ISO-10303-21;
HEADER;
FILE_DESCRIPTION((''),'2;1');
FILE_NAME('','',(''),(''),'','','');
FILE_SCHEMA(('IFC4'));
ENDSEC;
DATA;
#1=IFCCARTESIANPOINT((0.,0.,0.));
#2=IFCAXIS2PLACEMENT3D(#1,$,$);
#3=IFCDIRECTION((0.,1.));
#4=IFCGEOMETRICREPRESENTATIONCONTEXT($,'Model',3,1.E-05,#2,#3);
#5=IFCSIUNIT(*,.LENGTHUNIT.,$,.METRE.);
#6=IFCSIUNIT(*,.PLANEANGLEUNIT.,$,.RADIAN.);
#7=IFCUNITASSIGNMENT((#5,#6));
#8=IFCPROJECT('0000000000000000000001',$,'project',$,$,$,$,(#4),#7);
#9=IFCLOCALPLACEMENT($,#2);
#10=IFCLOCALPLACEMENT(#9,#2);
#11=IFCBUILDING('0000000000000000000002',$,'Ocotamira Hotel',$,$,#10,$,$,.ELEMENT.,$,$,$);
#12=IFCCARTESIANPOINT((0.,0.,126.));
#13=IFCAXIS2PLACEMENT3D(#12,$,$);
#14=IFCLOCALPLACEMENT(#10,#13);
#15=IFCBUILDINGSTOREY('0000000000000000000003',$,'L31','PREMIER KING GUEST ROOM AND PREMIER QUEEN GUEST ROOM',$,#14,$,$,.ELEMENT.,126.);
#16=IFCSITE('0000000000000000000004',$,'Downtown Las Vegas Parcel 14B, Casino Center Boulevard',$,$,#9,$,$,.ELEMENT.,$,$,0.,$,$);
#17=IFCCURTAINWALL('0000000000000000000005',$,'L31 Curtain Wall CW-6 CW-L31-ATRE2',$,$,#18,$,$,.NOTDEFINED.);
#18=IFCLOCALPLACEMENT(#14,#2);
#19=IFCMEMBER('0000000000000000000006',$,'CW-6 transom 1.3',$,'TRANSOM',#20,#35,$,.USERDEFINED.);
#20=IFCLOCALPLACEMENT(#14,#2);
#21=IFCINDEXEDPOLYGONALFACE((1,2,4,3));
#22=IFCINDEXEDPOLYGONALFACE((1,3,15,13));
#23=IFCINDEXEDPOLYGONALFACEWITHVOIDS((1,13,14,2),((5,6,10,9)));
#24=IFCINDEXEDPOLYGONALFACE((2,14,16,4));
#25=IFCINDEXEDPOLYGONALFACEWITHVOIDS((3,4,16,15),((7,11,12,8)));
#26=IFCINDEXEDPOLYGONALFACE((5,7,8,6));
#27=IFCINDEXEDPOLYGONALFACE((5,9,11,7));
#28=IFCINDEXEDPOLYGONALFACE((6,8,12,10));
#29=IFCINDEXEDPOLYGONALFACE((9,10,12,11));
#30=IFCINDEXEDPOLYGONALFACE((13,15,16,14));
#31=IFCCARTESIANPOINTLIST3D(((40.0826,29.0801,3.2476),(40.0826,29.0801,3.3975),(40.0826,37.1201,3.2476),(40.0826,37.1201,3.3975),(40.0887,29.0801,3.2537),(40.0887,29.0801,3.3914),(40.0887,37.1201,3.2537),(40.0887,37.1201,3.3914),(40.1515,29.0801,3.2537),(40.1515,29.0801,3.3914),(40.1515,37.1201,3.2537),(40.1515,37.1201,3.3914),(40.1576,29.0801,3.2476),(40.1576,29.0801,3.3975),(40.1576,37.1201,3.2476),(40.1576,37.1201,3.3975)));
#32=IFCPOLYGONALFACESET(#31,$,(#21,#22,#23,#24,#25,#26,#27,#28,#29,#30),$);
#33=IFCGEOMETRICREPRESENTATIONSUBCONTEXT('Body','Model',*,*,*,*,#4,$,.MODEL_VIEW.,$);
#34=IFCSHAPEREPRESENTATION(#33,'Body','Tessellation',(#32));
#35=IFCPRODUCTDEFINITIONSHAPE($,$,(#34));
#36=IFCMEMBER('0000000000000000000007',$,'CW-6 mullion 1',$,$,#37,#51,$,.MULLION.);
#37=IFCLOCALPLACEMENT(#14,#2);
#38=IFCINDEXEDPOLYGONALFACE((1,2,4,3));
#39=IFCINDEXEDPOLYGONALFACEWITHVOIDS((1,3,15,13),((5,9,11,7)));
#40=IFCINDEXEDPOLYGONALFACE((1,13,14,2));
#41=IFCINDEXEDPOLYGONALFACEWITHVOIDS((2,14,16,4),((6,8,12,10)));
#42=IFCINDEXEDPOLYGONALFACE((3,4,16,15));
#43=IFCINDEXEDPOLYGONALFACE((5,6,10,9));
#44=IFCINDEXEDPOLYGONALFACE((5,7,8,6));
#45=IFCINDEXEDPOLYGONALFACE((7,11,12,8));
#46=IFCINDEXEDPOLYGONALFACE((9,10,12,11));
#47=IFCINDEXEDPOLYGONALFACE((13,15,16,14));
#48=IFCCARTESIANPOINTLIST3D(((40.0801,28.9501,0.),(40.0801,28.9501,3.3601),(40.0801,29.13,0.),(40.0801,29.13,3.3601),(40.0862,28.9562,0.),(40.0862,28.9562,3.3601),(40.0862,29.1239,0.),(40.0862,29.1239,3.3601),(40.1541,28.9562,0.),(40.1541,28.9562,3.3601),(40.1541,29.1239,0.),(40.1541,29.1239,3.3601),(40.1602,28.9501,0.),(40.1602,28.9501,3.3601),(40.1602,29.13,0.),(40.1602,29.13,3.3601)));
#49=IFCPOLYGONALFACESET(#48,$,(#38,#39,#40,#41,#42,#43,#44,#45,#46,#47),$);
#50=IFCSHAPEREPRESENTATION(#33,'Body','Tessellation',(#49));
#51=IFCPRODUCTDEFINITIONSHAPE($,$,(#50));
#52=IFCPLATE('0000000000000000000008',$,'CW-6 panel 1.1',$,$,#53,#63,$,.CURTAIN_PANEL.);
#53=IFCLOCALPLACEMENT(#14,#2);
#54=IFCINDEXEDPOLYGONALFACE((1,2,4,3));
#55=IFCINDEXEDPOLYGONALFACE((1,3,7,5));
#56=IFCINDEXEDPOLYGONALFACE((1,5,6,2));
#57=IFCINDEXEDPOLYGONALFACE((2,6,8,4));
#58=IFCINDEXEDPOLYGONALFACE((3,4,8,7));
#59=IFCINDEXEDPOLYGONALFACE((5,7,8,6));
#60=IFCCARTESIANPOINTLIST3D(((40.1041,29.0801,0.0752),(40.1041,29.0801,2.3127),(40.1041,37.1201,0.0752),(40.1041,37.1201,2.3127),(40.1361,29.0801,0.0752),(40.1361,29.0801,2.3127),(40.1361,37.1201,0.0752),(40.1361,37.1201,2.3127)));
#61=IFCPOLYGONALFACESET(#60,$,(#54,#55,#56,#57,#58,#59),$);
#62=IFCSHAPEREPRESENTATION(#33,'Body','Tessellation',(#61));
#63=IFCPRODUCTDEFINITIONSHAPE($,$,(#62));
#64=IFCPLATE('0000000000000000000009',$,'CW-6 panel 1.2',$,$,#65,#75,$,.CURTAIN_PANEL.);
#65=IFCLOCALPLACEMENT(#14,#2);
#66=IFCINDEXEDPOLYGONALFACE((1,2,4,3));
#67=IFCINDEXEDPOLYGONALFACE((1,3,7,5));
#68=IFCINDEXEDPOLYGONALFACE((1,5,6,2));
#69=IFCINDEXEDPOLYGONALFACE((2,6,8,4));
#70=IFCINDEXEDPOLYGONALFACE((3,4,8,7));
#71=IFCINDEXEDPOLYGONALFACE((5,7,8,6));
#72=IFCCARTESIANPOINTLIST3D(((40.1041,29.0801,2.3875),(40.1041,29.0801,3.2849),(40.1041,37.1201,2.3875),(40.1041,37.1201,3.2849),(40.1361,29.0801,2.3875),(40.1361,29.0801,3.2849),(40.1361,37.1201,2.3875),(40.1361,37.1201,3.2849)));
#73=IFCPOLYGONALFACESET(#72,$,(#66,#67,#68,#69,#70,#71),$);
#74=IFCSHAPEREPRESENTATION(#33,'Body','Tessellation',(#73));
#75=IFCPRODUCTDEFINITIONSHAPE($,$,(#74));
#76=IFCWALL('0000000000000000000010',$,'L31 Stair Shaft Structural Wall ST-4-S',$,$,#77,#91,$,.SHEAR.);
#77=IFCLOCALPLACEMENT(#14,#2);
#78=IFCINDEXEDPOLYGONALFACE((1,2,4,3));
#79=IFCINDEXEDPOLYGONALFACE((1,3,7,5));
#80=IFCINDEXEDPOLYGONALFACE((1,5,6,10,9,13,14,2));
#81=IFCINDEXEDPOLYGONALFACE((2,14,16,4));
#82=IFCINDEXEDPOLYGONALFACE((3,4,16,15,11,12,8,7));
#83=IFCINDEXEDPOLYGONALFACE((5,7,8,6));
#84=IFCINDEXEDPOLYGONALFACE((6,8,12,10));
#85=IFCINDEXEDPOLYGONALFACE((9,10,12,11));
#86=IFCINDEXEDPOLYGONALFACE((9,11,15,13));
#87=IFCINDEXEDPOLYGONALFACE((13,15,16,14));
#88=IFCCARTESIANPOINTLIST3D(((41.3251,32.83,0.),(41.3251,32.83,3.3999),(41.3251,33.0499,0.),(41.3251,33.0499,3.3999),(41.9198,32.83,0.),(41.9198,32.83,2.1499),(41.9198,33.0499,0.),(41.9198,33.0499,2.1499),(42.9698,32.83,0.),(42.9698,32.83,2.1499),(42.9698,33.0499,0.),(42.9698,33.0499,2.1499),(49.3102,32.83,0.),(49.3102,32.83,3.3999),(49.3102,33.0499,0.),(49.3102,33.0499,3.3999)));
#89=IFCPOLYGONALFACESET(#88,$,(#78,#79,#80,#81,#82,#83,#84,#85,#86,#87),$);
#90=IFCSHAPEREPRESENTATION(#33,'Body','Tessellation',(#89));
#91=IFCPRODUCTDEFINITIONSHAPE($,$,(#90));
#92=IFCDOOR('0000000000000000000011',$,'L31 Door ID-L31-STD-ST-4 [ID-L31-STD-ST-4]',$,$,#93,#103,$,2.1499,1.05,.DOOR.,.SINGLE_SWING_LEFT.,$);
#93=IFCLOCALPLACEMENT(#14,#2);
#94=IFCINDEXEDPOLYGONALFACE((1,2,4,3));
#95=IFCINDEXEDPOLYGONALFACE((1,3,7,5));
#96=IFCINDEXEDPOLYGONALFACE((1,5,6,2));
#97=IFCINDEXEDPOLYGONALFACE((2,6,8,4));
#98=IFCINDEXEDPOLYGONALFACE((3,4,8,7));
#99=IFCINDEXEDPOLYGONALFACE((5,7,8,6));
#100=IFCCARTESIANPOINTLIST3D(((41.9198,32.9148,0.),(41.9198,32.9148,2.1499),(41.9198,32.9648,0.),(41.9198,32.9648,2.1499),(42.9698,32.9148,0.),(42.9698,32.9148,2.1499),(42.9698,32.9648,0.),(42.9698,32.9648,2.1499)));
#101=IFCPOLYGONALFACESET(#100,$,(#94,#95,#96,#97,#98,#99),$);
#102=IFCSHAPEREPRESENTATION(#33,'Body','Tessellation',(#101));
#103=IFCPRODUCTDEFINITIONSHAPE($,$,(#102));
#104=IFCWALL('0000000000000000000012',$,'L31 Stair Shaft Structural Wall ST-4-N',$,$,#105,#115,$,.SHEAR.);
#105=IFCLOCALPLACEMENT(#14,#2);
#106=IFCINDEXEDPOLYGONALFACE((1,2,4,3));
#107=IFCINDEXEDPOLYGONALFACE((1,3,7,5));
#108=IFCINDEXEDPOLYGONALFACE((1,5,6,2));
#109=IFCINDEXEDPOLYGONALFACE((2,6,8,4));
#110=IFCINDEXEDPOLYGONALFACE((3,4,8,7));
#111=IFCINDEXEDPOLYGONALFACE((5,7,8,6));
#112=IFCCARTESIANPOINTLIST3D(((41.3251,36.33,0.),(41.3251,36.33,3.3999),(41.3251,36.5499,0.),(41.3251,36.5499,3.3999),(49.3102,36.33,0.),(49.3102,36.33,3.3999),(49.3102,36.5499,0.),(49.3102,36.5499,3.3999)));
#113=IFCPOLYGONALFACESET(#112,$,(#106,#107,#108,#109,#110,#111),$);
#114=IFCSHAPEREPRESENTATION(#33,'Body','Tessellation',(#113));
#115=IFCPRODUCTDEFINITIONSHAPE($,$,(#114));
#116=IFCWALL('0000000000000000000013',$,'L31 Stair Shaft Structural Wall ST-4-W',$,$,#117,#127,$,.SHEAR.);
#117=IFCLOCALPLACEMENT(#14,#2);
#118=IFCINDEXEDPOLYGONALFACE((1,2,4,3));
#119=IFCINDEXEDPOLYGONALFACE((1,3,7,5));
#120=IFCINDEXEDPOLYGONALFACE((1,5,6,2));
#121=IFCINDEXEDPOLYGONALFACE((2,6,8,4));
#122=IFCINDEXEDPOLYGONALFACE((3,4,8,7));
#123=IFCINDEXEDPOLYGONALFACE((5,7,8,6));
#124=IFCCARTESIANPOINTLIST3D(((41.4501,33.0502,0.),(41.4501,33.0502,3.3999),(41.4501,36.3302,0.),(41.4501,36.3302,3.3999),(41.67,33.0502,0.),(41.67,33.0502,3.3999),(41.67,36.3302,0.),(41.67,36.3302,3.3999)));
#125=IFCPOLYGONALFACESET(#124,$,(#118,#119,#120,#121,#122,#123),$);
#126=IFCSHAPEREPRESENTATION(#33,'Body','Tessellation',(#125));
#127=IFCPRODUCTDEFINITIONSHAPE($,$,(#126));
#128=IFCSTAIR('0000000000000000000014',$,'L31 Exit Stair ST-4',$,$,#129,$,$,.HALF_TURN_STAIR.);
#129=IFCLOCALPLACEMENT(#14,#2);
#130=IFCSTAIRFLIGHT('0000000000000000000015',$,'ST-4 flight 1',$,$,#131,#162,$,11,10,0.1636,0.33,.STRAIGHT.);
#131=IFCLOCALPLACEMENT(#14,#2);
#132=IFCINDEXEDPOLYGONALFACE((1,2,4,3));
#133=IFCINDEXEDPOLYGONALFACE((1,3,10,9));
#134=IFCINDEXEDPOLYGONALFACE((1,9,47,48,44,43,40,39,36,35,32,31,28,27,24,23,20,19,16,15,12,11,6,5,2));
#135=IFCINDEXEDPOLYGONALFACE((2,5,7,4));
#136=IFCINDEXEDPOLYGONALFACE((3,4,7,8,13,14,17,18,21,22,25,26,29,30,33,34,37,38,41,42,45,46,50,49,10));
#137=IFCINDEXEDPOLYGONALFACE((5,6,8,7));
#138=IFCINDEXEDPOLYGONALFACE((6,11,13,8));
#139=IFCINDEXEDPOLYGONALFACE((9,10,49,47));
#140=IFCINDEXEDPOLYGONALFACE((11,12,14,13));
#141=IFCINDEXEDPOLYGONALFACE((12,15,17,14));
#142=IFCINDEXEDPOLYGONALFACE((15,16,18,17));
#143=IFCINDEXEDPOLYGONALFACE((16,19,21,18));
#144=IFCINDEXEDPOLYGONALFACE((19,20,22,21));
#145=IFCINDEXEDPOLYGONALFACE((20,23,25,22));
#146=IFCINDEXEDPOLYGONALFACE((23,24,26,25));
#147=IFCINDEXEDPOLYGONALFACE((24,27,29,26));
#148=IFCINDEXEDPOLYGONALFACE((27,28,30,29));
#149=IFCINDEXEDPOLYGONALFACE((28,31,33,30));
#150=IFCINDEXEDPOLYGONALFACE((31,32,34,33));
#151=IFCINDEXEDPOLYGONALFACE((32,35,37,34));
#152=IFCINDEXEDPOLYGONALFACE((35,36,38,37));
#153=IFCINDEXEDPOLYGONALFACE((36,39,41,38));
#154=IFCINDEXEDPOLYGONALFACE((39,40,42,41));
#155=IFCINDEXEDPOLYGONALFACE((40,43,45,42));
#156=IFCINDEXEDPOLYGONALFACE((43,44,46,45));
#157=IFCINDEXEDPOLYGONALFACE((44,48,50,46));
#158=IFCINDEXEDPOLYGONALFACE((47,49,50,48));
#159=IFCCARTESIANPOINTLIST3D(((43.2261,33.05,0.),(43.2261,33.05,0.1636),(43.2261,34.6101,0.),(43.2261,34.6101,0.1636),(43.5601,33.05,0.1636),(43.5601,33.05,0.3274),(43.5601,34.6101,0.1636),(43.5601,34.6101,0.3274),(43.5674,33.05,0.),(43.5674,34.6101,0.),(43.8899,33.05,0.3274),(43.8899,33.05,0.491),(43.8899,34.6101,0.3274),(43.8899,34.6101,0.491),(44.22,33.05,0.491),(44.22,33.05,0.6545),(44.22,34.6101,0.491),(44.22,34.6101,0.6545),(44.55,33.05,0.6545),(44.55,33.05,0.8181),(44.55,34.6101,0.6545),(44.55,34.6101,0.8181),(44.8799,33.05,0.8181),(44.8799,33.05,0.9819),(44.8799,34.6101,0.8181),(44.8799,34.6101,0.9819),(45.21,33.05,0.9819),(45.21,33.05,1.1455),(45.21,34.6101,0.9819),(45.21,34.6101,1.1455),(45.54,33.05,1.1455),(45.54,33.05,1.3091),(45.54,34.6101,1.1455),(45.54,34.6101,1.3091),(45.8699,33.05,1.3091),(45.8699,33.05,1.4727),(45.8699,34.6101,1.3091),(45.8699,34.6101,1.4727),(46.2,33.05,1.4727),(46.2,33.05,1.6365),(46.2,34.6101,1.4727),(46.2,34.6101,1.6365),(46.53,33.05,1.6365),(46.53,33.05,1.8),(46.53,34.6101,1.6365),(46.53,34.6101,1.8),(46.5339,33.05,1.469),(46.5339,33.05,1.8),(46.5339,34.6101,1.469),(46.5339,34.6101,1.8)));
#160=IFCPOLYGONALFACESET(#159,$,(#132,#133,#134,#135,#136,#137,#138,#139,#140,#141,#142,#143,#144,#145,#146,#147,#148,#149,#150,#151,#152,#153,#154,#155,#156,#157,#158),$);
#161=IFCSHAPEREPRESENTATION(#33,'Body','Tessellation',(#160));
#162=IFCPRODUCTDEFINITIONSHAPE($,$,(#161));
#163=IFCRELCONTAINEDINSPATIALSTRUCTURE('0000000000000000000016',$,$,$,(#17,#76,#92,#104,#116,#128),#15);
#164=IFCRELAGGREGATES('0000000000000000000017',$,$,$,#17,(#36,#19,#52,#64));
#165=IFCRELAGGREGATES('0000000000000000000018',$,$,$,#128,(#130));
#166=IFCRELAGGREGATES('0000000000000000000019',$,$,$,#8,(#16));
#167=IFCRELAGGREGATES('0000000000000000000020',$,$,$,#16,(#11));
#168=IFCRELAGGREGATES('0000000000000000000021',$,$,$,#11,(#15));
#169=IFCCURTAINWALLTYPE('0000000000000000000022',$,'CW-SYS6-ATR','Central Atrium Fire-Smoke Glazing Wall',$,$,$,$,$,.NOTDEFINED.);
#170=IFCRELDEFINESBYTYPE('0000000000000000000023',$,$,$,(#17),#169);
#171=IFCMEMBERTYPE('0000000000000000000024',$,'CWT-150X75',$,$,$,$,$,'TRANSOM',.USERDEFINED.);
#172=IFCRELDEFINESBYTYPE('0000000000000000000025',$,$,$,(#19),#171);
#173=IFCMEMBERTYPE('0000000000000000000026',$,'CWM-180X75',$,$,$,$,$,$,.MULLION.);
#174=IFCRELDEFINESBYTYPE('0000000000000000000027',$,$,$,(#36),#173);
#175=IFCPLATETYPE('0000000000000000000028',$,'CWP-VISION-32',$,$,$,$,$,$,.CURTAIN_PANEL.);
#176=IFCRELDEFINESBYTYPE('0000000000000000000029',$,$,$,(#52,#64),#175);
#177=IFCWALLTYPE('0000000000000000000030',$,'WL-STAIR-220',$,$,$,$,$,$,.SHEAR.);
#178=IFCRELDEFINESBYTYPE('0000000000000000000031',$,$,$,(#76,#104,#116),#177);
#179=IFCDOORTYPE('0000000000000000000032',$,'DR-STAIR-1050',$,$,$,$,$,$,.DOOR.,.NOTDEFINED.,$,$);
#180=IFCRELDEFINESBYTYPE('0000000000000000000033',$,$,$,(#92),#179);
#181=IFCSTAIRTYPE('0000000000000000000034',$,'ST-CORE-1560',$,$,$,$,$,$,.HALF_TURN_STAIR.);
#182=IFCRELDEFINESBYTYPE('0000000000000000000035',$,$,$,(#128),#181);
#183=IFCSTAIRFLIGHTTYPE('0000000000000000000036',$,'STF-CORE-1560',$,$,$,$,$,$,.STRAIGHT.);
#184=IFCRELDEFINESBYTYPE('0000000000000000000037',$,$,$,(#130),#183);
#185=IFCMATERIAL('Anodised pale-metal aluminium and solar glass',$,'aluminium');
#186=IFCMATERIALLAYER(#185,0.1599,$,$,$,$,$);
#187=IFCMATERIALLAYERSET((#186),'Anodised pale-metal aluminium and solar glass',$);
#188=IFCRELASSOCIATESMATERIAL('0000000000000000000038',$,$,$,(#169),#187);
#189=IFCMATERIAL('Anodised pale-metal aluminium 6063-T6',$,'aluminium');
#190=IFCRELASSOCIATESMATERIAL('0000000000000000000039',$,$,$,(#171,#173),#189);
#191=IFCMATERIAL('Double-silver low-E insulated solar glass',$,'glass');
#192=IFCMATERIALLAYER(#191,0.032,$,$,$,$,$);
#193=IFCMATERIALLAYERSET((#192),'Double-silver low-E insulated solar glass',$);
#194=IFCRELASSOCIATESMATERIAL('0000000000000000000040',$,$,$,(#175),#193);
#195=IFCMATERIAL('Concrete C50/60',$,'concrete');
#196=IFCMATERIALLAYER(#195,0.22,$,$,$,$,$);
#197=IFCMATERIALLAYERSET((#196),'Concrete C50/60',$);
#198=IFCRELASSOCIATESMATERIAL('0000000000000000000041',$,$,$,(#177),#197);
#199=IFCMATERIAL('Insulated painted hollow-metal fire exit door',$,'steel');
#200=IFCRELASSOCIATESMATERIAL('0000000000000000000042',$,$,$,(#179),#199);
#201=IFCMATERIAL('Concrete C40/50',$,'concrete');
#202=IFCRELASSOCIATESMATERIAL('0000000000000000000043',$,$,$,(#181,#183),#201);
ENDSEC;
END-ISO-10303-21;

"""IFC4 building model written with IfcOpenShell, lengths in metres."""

from ifc_helpers import new_model, si_unit, direction, frame, frame_2d, origin, origin_2d, place, context, subcontext, project, spatial, polyline, rectangle, hollow_rectangle, outline, extrude, source, transform, mapped, material, layer, layer_set, material_profile, profile_set, type_object, element, fill, aggregate, save


model = new_model("IFC4")

# Units and contexts
model_context = context("Model", 3, precision=1e-05, world=origin(), true_north=direction((0.0, 1.0)))
body_context = subcontext(model_context, "Body", "Model", "MODEL_VIEW")
ifc_project = project(units=[si_unit("LENGTHUNIT", "METRE"), si_unit("PLANEANGLEUNIT", "RADIAN")], contexts=[model_context])

# Site, building, storey
site_placement = place(None, origin())
site = spatial("IfcSite", under=ifc_project, at=site_placement, Name="Downtown Las Vegas Parcel 14B, Casino Center Boulevard", CompositionType="ELEMENT", RefElevation=0.0)
building_placement = place(site_placement, origin())
building = spatial("IfcBuilding", under=site, at=building_placement, Name="Ocotamira Hotel", CompositionType="ELEMENT")
storey_placement = place(building_placement, frame((0.0, 0.0, 126.0)))
storey = spatial("IfcBuildingStorey", under=building, at=storey_placement, Name="L31", Description="PREMIER KING GUEST ROOM AND PREMIER QUEEN GUEST ROOM", CompositionType="ELEMENT", Elevation=126.0)

# Curtain wall, members, plates
ifc_material_1 = material(Name="Anodised pale-metal aluminium and solar glass", Category="aluminium")
ifc_layer_1 = layer(ifc_material_1, 0.1599)
ifc_layer_set_1 = layer_set([ifc_layer_1], Name="Anodised pale-metal aluminium and solar glass")
curtain_wall_type = type_object("IfcCurtainWallType", Name="CW-SYS6-ATR", Description="Central Atrium Fire-Smoke Glazing Wall", PredefinedType="NOTDEFINED", material=ifc_layer_set_1)
curtain_wall_placement = place(storey_placement, origin())
curtain_wall = element("IfcCurtainWall", 1, at=curtain_wall_placement, inside=storey, type_object=curtain_wall_type, Name="L31 Curtain Wall CW-6 CW-L31-ATRE2", PredefinedType="NOTDEFINED")
ifc_material_2 = material(Name="Anodised pale-metal aluminium 6063-T6", Category="aluminium")
ifc_material_profile_1 = material_profile(ifc_material_2, hollow_rectangle(XDim=0.075, YDim=0.1499, WallThickness=0.0061, at=origin_2d()), Name="HSS150X75X6")
ifc_profile_set_1 = profile_set([ifc_material_profile_1], Name="Anodised pale-metal aluminium 6063-T6")
member_type_1 = type_object("IfcMemberType", Name="CWT-150X75", ElementType="TRANSOM", PredefinedType="USERDEFINED", material=ifc_profile_set_1)
shared_shape_1 = source(origin(), body_context, "Body", "SweptSolid", [
    extrude(hollow_rectangle(XDim=0.075, YDim=0.1499, WallThickness=0.0061, at=origin_2d()), origin(), (0.0, 0.0, 1.0), 8.04),
])
member_1_placement = place(storey_placement, frame((40.1201, 29.0801, 3.3225), z_axis=(0.0, 1.0, 0.0), x_axis=(-1.0, 0.0, 0.0)))
member_1 = element("IfcMember", 2, at=member_1_placement, type_object=member_type_1, Name="CW-6 transom 1.3", ObjectType="TRANSOM", PredefinedType="USERDEFINED", context=body_context, shape_type="MappedRepresentation", body=[
    mapped(shared_shape_1, transform((0.0, 0.0, 0.0), scale=1.0)),
])
ifc_material_profile_2 = material_profile(ifc_material_2, hollow_rectangle(XDim=0.0801, YDim=0.1799, WallThickness=0.0061, at=origin_2d()), Name="HSS180X80X6")
ifc_profile_set_2 = profile_set([ifc_material_profile_2], Name="Anodised pale-metal aluminium 6063-T6")
member_type_2 = type_object("IfcMemberType", Name="CWM-180X75", PredefinedType="MULLION", material=ifc_profile_set_2)
shared_shape_2 = source(origin(), body_context, "Body", "SweptSolid", [
    extrude(hollow_rectangle(XDim=0.0801, YDim=0.1799, WallThickness=0.0061, at=origin_2d()), origin(), (0.0, 0.0, 1.0), 3.3601),
])
member_2_placement = place(storey_placement, frame((40.1201, 29.04, 0.0), z_axis=(0.0, 0.0, 1.0), x_axis=(-1.0, 0.0, 0.0)))
member_2 = element("IfcMember", 3, at=member_2_placement, type_object=member_type_2, Name="CW-6 mullion 1", PredefinedType="MULLION", context=body_context, shape_type="MappedRepresentation", body=[
    mapped(shared_shape_2, transform((0.0, 0.0, 0.0), scale=1.0)),
])
ifc_material_3 = material(Name="Double-silver low-E insulated solar glass", Category="glass")
ifc_layer_2 = layer(ifc_material_3, 0.032)
ifc_layer_set_2 = layer_set([ifc_layer_2], Name="Double-silver low-E insulated solar glass")
plate_type = type_object("IfcPlateType", Name="CWP-VISION-32", PredefinedType="CURTAIN_PANEL", material=ifc_layer_set_2)
shared_shape_3 = source(origin(), body_context, "Body", "SweptSolid", [
    extrude(rectangle(XDim=8.04, YDim=0.032, at=origin_2d()), origin(), (0.0, 0.0, 1.0), 2.2375),
])
plate_1_placement = place(storey_placement, frame((40.1201, 33.1001, 0.0752), z_axis=(0.0, 0.0, 1.0), x_axis=(0.0, 1.0, 0.0)))
plate_1 = element("IfcPlate", 4, at=plate_1_placement, type_object=plate_type, Name="CW-6 panel 1.1", PredefinedType="CURTAIN_PANEL", context=body_context, shape_type="MappedRepresentation", body=[
    mapped(shared_shape_3, transform((0.0, 0.0, 0.0), scale=1.0)),
])
shared_shape_4 = source(origin(), body_context, "Body", "SweptSolid", [
    extrude(rectangle(XDim=8.04, YDim=0.032, at=origin_2d()), origin(), (0.0, 0.0, 1.0), 0.8975),
])
plate_2_placement = place(storey_placement, frame((40.1201, 33.1001, 2.3875), z_axis=(0.0, 0.0, 1.0), x_axis=(0.0, 1.0, 0.0)))
plate_2 = element("IfcPlate", 5, at=plate_2_placement, type_object=plate_type, Name="CW-6 panel 1.2", PredefinedType="CURTAIN_PANEL", context=body_context, shape_type="MappedRepresentation", body=[
    mapped(shared_shape_4, transform((0.0, 0.0, 0.0), scale=1.0)),
])
aggregate(curtain_wall, [member_2, member_1, plate_1, plate_2])

# Wall, opening, door
ifc_material_4 = material(Name="Concrete C50/60", Category="concrete")
ifc_layer_3 = layer(ifc_material_4, 0.22)
ifc_layer_set_3 = layer_set([ifc_layer_3], Name="Concrete C50/60")
wall_type_1 = type_object("IfcWallType", Name="WL-STAIR-220", PredefinedType="SHEAR", material=ifc_layer_set_3)
wall_1_placement = place(storey_placement, frame((41.325, 32.9399, 0.0), z_axis=(0.0, 0.0, 1.0), x_axis=(1.0, 0.0, 0.0)))
wall_1 = element("IfcWall", 6, at=wall_1_placement, inside=storey, type_object=wall_type_1, Name="L31 Stair Shaft Structural Wall ST-4-S", PredefinedType="SHEAR", context=body_context, shape_type="SweptSolid", body=[
    extrude(rectangle(XDim=7.9851, YDim=0.22, at=frame_2d((3.9927, 0.0))), origin(), (0.0, 0.0, 1.0), 3.3999),
])
opening_1_placement = place(wall_1_placement, frame((0.595, 0.0, 0.0)))
opening_1 = element("IfcOpeningElement", 7, at=opening_1_placement, cuts=wall_1, PredefinedType="OPENING", context=body_context, shape_type="SweptSolid", body=[
    extrude(rectangle(XDim=1.05, YDim=2.1499, at=frame_2d((0.5249, 1.075))), frame((0.0, 0.1201, 0.0), z_axis=(0.0, -1.0, 0.0), x_axis=(1.0, 0.0, 0.0)), (0.0, 0.0, 1.0), 0.24),
])
ifc_material_5 = material(Name="Insulated painted hollow-metal fire exit door", Category="steel")
door_type_1 = type_object("IfcDoorType", Name="DR-STAIR-1050", OperationType="NOTDEFINED", PredefinedType="DOOR", material=ifc_material_5)
shared_shape_5 = source(origin(), body_context, "Body", "SweptSolid", [
    extrude(rectangle(XDim=1.05, YDim=2.1499, at=frame_2d((0.5249, 1.075))), frame((0.0, 0.0249, 0.0), z_axis=(0.0, -1.0, 0.0), x_axis=(1.0, 0.0, 0.0)), (0.0, 0.0, 1.0), 0.05),
])
door_1_placement = place(opening_1_placement, origin())
door_1 = element("IfcDoor", 8, at=door_1_placement, inside=storey, type_object=door_type_1, Name="L31 Door ID-L31-STD-ST-4 [ID-L31-STD-ST-4]", OperationType="SINGLE_SWING_LEFT", OverallHeight=2.1499, OverallWidth=1.05, PredefinedType="DOOR", context=body_context, shape_type="MappedRepresentation", body=[
    mapped(shared_shape_5, transform((0.0, 0.0, 0.0), scale=1.0)),
])
fill(opening_1, door_1)

# Walls
wall_2_placement = place(storey_placement, frame((41.325, 36.4399, 0.0), z_axis=(0.0, 0.0, 1.0), x_axis=(1.0, 0.0, 0.0)))
element("IfcWall", 9, at=wall_2_placement, inside=storey, type_object=wall_type_1, Name="L31 Stair Shaft Structural Wall ST-4-N", PredefinedType="SHEAR", context=body_context, shape_type="SweptSolid", body=[
    extrude(rectangle(XDim=7.9851, YDim=0.22, at=frame_2d((3.9927, 0.0))), origin(), (0.0, 0.0, 1.0), 3.3999),
])
wall_3_placement = place(storey_placement, frame((41.5601, 33.05, 0.0), z_axis=(0.0, 0.0, 1.0), x_axis=(0.0, 1.0, 0.0)))
element("IfcWall", 10, at=wall_3_placement, inside=storey, type_object=wall_type_1, Name="L31 Stair Shaft Structural Wall ST-4-W", PredefinedType="SHEAR", context=body_context, shape_type="SweptSolid", body=[
    extrude(rectangle(XDim=3.28, YDim=0.22, at=frame_2d((1.6401, 0.0))), origin(), (0.0, 0.0, 1.0), 3.3999),
])

# Stair, stair flight
ifc_material_6 = material(Name="Concrete C40/50", Category="concrete")
stair_type = type_object("IfcStairType", Name="ST-CORE-1560", PredefinedType="HALF_TURN_STAIR", material=ifc_material_6)
stair_placement = place(storey_placement, origin())
stair = element("IfcStair", 11, at=stair_placement, inside=storey, type_object=stair_type, Name="L31 Exit Stair ST-4", PredefinedType="HALF_TURN_STAIR")
stair_flight_type = type_object("IfcStairFlightType", Name="STF-CORE-1560", PredefinedType="STRAIGHT", material=ifc_material_6)
shared_shape_6 = source(origin(), body_context, "Body", "SweptSolid", [
    extrude(outline(polyline([(-0.0039, 0.0), (-0.0039, 0.1636), (0.3301, 0.1636), (0.3301, 0.3274), (0.6599, 0.3274), (0.6599, 0.491), (0.99, 0.491), (0.99, 0.6545), (1.3201, 0.6545), (1.3201, 0.8181), (1.6499, 0.8181), (1.6499, 0.9819), (1.98, 0.9819), (1.98, 1.1455), (2.3101, 1.1455), (2.3101, 1.3091), (2.6399, 1.3091), (2.6399, 1.4727), (2.97, 1.4727), (2.97, 1.6365), (3.3, 1.6365), (3.3, 1.8), (3.304, 1.8), (3.304, 1.469), (0.3374, 0.0), (-0.0039, 0.0)])), frame((0.0, 0.78, 0.0), z_axis=(0.0, -1.0, 0.0), x_axis=(1.0, 0.0, 0.0)), (0.0, 0.0, 1.0), 1.5601),
])
stair_flight_placement = place(storey_placement, frame((43.23, 33.8301, 0.0), z_axis=(0.0, 0.0, 1.0), x_axis=(1.0, 0.0, 0.0)))
stair_flight = element("IfcStairFlight", 12, at=stair_flight_placement, type_object=stair_flight_type, Name="ST-4 flight 1", NumberOfRisers=11, NumberOfTreads=10, PredefinedType="STRAIGHT", RiserHeight=0.1636, TreadLength=0.33, context=body_context, shape_type="MappedRepresentation", body=[
    mapped(shared_shape_6, transform((0.0, 0.0, 0.0), scale=1.0)),
])
aggregate(stair, [stair_flight])

save(model, "model.ifc")
